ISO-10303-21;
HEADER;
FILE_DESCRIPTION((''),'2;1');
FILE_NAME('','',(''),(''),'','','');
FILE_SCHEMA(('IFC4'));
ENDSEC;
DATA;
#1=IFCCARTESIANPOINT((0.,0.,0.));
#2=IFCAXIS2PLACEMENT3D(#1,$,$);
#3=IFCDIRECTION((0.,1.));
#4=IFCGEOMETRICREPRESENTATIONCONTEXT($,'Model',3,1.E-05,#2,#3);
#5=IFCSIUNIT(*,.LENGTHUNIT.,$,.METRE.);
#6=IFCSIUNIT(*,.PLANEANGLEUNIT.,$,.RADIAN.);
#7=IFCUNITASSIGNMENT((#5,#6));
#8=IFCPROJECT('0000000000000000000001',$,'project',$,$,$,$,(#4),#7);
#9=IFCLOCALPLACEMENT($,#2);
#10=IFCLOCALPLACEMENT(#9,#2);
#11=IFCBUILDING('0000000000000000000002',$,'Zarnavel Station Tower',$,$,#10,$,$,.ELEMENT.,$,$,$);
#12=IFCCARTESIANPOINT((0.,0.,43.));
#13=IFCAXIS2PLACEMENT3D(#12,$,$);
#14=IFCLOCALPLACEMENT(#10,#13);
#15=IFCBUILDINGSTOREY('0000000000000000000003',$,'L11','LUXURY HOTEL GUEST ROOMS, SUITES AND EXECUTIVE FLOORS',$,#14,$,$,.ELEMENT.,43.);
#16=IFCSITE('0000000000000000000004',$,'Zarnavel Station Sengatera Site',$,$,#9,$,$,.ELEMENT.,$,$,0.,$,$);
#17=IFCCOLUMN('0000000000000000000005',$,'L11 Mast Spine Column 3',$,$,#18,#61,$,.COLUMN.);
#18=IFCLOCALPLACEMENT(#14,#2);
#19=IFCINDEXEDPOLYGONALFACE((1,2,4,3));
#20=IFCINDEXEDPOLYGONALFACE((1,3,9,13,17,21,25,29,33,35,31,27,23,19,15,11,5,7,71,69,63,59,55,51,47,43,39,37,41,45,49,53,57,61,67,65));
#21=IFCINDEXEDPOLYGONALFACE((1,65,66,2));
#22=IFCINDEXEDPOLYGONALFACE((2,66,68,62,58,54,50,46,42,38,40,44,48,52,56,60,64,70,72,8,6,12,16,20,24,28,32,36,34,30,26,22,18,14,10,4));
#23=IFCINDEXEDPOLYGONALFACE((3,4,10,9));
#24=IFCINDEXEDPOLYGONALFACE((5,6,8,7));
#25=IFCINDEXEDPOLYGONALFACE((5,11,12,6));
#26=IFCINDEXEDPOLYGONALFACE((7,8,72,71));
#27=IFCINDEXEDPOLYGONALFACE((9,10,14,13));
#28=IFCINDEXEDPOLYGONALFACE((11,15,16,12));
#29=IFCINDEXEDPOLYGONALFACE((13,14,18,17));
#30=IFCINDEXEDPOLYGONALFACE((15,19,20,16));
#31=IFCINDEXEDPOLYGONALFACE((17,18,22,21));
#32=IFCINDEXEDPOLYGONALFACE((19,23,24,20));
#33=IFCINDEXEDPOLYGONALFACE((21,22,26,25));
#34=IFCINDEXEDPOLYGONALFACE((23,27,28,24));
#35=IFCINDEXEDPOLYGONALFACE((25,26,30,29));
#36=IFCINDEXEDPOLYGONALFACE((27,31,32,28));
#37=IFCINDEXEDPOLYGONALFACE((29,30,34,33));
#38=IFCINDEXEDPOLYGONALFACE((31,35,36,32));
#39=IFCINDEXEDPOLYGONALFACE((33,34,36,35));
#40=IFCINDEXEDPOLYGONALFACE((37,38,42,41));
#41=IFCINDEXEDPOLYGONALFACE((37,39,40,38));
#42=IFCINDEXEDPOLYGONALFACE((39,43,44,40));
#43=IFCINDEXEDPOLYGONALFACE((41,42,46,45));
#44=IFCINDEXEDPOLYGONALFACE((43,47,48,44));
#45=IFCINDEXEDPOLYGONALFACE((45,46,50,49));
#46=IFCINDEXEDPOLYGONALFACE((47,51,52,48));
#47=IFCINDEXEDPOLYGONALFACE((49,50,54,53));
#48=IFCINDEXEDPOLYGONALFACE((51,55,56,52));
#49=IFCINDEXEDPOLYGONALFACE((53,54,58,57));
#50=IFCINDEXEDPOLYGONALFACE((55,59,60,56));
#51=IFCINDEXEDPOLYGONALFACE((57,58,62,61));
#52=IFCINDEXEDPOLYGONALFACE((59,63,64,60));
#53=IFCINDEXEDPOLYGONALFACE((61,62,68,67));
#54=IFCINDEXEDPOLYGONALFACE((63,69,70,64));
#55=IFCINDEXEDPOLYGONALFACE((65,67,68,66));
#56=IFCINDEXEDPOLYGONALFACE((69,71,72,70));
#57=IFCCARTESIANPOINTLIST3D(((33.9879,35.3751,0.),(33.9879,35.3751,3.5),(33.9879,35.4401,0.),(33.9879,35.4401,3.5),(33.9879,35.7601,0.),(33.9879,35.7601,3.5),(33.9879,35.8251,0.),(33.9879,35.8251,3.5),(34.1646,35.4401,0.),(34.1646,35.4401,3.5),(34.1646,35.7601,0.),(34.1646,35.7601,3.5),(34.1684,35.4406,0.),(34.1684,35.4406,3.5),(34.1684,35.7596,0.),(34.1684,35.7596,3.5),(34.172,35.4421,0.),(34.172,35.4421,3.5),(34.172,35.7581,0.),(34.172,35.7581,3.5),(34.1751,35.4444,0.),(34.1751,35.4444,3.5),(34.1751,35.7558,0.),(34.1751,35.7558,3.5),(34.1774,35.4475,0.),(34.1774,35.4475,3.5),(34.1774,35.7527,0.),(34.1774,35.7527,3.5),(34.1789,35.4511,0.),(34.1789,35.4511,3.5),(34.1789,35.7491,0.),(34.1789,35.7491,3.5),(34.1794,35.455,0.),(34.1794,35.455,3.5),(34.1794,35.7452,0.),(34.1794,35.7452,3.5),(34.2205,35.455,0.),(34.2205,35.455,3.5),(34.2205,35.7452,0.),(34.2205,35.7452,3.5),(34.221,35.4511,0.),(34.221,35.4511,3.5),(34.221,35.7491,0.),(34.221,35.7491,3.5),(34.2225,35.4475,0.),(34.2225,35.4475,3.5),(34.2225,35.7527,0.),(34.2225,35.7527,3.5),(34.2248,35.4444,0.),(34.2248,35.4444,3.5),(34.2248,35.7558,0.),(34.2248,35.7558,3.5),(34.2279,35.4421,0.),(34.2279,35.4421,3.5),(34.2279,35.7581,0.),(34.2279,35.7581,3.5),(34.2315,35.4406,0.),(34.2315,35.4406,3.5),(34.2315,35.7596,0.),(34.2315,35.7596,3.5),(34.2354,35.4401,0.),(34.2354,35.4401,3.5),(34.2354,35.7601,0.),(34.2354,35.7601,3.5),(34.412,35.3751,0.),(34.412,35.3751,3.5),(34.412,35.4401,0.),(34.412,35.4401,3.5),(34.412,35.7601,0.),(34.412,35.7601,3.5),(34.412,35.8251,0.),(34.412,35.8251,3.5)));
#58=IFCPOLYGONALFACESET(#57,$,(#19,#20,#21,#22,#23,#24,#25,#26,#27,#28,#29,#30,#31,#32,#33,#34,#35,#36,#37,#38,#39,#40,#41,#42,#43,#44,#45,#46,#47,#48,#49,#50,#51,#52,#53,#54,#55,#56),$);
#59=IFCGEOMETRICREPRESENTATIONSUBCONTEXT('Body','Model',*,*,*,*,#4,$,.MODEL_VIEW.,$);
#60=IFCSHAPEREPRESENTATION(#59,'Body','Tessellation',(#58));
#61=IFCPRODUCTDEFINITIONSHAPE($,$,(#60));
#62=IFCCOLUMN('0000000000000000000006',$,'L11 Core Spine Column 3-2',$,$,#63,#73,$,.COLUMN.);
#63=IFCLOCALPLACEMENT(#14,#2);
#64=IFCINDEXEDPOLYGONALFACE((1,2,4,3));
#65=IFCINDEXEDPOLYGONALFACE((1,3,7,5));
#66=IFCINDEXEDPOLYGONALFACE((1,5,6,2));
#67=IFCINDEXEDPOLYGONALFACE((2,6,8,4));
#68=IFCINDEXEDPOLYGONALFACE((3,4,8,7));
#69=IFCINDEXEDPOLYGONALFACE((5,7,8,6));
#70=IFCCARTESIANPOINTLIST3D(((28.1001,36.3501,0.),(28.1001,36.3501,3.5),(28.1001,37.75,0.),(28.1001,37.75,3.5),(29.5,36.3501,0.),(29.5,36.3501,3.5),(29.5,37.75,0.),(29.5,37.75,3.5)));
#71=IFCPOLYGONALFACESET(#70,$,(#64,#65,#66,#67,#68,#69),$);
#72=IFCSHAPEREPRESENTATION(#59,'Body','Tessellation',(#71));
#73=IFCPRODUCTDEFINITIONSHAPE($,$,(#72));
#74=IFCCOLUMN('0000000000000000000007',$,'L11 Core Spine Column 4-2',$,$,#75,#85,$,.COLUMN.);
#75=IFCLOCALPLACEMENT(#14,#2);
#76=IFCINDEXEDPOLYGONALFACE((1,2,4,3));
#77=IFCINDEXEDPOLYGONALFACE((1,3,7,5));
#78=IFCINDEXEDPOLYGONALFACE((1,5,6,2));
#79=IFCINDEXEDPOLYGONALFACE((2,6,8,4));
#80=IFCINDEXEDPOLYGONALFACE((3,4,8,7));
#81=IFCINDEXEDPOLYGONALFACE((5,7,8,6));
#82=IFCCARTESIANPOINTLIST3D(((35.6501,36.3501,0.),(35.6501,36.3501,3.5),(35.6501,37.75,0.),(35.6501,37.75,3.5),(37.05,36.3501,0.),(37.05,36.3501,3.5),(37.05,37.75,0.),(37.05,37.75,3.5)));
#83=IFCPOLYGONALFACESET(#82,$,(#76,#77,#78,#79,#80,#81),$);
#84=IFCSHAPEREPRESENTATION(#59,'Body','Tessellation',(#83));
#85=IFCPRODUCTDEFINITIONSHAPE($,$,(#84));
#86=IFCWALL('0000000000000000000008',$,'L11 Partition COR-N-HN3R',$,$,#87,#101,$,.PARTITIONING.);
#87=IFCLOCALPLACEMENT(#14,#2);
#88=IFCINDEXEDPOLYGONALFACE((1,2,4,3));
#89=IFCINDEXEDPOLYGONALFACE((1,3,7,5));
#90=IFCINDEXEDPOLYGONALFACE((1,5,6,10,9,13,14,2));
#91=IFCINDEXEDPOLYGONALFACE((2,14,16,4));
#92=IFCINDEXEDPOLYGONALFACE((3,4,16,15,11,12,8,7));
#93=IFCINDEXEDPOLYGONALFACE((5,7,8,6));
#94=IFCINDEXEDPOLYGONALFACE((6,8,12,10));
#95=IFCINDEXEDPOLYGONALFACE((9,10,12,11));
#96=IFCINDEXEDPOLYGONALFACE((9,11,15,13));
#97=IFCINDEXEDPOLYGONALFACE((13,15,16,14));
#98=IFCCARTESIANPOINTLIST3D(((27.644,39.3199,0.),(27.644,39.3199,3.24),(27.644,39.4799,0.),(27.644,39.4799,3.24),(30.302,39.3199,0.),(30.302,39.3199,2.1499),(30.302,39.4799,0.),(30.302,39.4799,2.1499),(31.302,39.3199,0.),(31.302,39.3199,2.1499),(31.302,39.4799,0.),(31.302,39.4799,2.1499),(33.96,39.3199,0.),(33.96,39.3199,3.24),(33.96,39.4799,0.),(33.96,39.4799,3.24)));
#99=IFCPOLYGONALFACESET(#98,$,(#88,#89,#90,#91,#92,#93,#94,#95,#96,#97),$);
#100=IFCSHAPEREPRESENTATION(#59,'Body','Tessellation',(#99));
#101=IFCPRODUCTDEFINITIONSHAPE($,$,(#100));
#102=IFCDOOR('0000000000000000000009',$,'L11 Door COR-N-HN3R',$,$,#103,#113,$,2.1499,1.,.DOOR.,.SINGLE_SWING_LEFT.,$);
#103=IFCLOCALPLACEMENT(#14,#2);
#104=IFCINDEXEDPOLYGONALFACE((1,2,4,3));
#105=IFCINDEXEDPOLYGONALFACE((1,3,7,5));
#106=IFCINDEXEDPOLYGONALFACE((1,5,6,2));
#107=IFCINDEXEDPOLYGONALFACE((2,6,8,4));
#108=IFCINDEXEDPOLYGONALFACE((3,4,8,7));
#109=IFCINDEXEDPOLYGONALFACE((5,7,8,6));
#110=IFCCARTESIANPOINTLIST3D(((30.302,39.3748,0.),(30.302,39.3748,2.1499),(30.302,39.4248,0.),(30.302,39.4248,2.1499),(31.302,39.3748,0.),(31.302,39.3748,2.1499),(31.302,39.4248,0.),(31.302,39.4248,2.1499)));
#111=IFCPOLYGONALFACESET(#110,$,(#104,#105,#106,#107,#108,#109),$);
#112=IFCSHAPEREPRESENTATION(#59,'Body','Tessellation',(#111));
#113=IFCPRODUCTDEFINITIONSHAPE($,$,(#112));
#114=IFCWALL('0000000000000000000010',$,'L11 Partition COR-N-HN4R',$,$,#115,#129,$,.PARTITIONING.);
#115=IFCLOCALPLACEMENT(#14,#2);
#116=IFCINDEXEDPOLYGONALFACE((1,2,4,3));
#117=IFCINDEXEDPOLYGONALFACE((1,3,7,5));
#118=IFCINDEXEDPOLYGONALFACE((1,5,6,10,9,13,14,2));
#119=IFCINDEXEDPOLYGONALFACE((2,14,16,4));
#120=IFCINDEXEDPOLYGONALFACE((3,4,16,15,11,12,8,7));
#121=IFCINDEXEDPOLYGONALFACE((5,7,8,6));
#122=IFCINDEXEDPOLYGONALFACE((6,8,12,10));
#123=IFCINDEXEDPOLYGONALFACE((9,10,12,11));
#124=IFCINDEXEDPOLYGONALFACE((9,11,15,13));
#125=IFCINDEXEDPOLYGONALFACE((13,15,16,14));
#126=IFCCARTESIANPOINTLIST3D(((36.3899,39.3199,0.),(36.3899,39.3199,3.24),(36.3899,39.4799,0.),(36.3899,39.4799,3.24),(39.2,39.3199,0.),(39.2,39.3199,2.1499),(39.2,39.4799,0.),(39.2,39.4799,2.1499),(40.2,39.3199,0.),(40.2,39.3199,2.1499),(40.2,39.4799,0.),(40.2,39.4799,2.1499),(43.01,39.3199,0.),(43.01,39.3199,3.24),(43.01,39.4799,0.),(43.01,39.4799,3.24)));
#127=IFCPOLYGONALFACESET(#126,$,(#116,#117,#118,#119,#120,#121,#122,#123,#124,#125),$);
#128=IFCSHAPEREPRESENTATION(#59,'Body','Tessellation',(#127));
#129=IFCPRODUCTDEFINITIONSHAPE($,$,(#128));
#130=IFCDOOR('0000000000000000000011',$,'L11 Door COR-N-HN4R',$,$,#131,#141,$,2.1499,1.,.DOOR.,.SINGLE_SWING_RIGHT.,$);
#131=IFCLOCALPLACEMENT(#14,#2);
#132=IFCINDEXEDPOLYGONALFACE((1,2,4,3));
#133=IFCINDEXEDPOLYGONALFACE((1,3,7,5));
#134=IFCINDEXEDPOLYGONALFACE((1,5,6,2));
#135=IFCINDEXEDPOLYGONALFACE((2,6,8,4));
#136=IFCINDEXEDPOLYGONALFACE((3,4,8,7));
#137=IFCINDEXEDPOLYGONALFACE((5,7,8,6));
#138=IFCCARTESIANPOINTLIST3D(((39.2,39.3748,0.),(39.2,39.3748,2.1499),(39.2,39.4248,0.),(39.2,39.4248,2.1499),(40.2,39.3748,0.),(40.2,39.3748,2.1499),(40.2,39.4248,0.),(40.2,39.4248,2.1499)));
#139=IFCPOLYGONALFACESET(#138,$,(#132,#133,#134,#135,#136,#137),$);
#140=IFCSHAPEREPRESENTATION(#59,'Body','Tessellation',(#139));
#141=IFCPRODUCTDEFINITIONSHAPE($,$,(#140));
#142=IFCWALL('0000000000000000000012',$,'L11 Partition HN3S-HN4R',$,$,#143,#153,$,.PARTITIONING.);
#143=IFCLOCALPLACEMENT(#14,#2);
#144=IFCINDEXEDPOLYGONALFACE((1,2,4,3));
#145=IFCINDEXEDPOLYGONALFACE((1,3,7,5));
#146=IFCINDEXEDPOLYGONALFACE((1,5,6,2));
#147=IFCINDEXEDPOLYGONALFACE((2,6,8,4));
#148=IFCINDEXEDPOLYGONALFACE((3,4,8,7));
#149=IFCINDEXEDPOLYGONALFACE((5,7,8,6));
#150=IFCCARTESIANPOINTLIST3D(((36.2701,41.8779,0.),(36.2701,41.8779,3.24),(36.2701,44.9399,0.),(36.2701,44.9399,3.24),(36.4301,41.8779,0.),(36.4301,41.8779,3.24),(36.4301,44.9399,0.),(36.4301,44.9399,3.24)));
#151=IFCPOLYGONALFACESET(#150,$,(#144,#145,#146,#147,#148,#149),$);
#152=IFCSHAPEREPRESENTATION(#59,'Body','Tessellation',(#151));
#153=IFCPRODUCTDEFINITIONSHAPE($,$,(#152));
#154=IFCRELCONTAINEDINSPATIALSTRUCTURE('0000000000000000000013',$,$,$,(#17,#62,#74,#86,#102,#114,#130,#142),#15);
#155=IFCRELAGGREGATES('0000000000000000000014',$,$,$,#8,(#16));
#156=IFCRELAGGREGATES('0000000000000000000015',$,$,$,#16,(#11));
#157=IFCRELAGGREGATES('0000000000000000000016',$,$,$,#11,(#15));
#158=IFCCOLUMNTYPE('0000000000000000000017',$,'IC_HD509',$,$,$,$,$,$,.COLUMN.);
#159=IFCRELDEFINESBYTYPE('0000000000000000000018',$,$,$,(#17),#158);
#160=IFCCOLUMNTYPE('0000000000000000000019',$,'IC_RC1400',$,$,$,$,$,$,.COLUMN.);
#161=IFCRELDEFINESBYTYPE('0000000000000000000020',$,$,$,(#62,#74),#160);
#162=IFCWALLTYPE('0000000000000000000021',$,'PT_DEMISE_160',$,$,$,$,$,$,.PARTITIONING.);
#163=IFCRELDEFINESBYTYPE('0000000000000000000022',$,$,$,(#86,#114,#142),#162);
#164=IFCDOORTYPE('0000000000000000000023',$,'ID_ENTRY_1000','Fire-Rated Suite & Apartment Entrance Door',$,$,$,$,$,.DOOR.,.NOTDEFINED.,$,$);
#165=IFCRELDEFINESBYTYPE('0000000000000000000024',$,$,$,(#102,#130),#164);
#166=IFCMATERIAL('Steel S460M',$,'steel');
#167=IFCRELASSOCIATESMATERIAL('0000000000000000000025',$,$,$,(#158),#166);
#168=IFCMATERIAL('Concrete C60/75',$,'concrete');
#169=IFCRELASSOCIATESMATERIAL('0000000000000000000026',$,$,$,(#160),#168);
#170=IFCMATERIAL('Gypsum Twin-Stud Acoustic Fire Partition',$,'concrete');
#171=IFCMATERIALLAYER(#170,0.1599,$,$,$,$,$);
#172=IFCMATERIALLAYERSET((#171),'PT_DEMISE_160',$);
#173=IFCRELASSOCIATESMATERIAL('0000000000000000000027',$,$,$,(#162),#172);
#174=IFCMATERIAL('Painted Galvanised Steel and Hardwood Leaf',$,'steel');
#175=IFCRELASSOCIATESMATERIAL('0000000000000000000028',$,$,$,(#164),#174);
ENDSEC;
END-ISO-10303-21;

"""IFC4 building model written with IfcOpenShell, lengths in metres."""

from ifc_helpers import new_model, si_unit, direction, frame, frame_2d, origin, origin_2d, place, context, subcontext, project, spatial, rectangle, i_section, extrude, material, layer, layer_set, material_profile, profile_set, type_object, element, fill, save


model = new_model("IFC4")

# Units and contexts
model_context = context("Model", 3, precision=1e-05, world=origin(), true_north=direction((0.0, 1.0)))
body_context = subcontext(model_context, "Body", "Model", "MODEL_VIEW")
ifc_project = project(units=[si_unit("LENGTHUNIT", "METRE"), si_unit("PLANEANGLEUNIT", "RADIAN")], contexts=[model_context])

# Site, building, storey
site_placement = place(None, origin())
site = spatial("IfcSite", under=ifc_project, at=site_placement, Name="Zarnavel Station Sengatera Site", CompositionType="ELEMENT", RefElevation=0.0)
building_placement = place(site_placement, origin())
building = spatial("IfcBuilding", under=site, at=building_placement, Name="Zarnavel Station Tower", CompositionType="ELEMENT")
storey_placement = place(building_placement, frame((0.0, 0.0, 43.0)))
storey = spatial("IfcBuildingStorey", under=building, at=storey_placement, Name="L11", Description="LUXURY HOTEL GUEST ROOMS, SUITES AND EXECUTIVE FLOORS", CompositionType="ELEMENT", Elevation=43.0)

# Columns
ifc_material_1 = material(Name="Steel S460M", Category="steel")
ifc_material_profile_1 = material_profile(ifc_material_1, i_section(OverallWidth=0.4241, OverallDepth=0.45, WebThickness=0.041, FlangeThickness=0.0649, FilletRadius=0.0149, at=origin_2d()), Name="HD400x509")
ifc_profile_set_1 = profile_set([ifc_material_profile_1], Name="Steel S460M")
column_type_1 = type_object("IfcColumnType", Name="IC_HD509", PredefinedType="COLUMN", material=ifc_profile_set_1)
column_placement = place(storey_placement, frame((34.2, 35.6001, 0.0), z_axis=(0.0, 0.0, 1.0), x_axis=(1.0, 0.0, 0.0)))
element("IfcColumn", 1, at=column_placement, inside=storey, type_object=column_type_1, Name="L11 Mast Spine Column 3", PredefinedType="COLUMN", context=body_context, shape_type="SweptSolid", body=[
    extrude(i_section(OverallWidth=0.4241, OverallDepth=0.45, WebThickness=0.041, FlangeThickness=0.0649, FilletRadius=0.0149, at=origin_2d()), origin(), (0.0, 0.0, 1.0), 3.5),
])
ifc_material_2 = material(Name="Concrete C60/75", Category="concrete")
ifc_material_profile_2 = material_profile(ifc_material_2, rectangle(XDim=1.3999, YDim=1.3999, at=origin_2d()), Name="RC1400x1400")
ifc_profile_set_2 = profile_set([ifc_material_profile_2], Name="Concrete C60/75")
column_type_2 = type_object("IfcColumnType", Name="IC_RC1400", PredefinedType="COLUMN", material=ifc_profile_set_2)
for number, where, z_axis, x_axis, name in (
    (2, (28.8, 37.05, 0.0), (0.0, 0.0, 1.0), (1.0, 0.0, 0.0), "L11 Core Spine Column 3-2"),
    (3, (36.3501, 37.05, 0.0), (0.0, 0.0, 1.0), (1.0, 0.0, 0.0), "L11 Core Spine Column 4-2"),
):
    element("IfcColumn", number, at=place(storey_placement, frame(where, z_axis=z_axis, x_axis=x_axis)), inside=storey, type_object=column_type_2, Name=name, PredefinedType="COLUMN", context=body_context, shape_type="SweptSolid", body=[
        extrude(rectangle(XDim=1.3999, YDim=1.3999, at=origin_2d()), origin(), (0.0, 0.0, 1.0), 3.5),
    ])

# Walls, openings, doors
ifc_material_3 = material(Name="Gypsum Twin-Stud Acoustic Fire Partition", Category="concrete")
ifc_layer_1 = layer(ifc_material_3, 0.1599)
ifc_layer_set_1 = layer_set([ifc_layer_1], Name="PT_DEMISE_160")
wall_type_1 = type_object("IfcWallType", Name="PT_DEMISE_160", PredefinedType="PARTITIONING", material=ifc_layer_set_1)
wall_1_placement = place(storey_placement, frame((27.644, 39.3999, 0.0), z_axis=(0.0, 0.0, 1.0), x_axis=(1.0, 0.0, 0.0)))
wall_1 = element("IfcWall", 4, at=wall_1_placement, inside=storey, type_object=wall_type_1, Name="L11 Partition COR-N-HN3R", PredefinedType="PARTITIONING", context=body_context, shape_type="SweptSolid", body=[
    extrude(rectangle(XDim=6.3159, YDim=0.1599, at=frame_2d((3.158, 0.0))), origin(), (0.0, 0.0, 1.0), 3.24),
])
opening_1_placement = place(wall_1_placement, frame((2.658, 0.0, 0.0)))
opening_1 = element("IfcOpeningElement", 5, at=opening_1_placement, cuts=wall_1, PredefinedType="OPENING", context=body_context, shape_type="SweptSolid", body=[
    extrude(rectangle(XDim=1.0, YDim=2.1499, at=frame_2d((0.5, 1.075))), frame((0.0, 0.0898, 0.0), z_axis=(0.0, -1.0, 0.0), x_axis=(1.0, 0.0, 0.0)), (0.0, 0.0, 1.0), 0.1799),
])
ifc_material_4 = material(Name="Painted Galvanised Steel and Hardwood Leaf", Category="steel")
door_type_1 = type_object("IfcDoorType", Name="ID_ENTRY_1000", Description="Fire-Rated Suite & Apartment Entrance Door", OperationType="NOTDEFINED", PredefinedType="DOOR", material=ifc_material_4)
door_1_placement = place(opening_1_placement, origin())
door_1 = element("IfcDoor", 6, at=door_1_placement, inside=storey, type_object=door_type_1, Name="L11 Door COR-N-HN3R", OperationType="SINGLE_SWING_LEFT", OverallHeight=2.1499, OverallWidth=1.0, PredefinedType="DOOR", context=body_context, shape_type="SweptSolid", body=[
    extrude(rectangle(XDim=1.0, YDim=2.1499, at=frame_2d((0.5, 1.075))), frame((0.0, 0.0249, 0.0), z_axis=(0.0, -1.0, 0.0), x_axis=(1.0, 0.0, 0.0)), (0.0, 0.0, 1.0), 0.05),
])
fill(opening_1, door_1)
wall_2_placement = place(storey_placement, frame((36.3899, 39.3999, 0.0), z_axis=(0.0, 0.0, 1.0), x_axis=(1.0, 0.0, 0.0)))
wall_2 = element("IfcWall", 7, at=wall_2_placement, inside=storey, type_object=wall_type_1, Name="L11 Partition COR-N-HN4R", PredefinedType="PARTITIONING", context=body_context, shape_type="SweptSolid", body=[
    extrude(rectangle(XDim=6.6201, YDim=0.1599, at=frame_2d((3.3101, 0.0))), origin(), (0.0, 0.0, 1.0), 3.24),
])
opening_2_placement = place(wall_2_placement, frame((2.8101, 0.0, 0.0)))
opening_2 = element("IfcOpeningElement", 8, at=opening_2_placement, cuts=wall_2, PredefinedType="OPENING", context=body_context, shape_type="SweptSolid", body=[
    extrude(rectangle(XDim=1.0, YDim=2.1499, at=frame_2d((0.5, 1.075))), frame((0.0, 0.0898, 0.0), z_axis=(0.0, -1.0, 0.0), x_axis=(1.0, 0.0, 0.0)), (0.0, 0.0, 1.0), 0.1799),
])
door_2_placement = place(opening_2_placement, origin())
door_2 = element("IfcDoor", 9, at=door_2_placement, inside=storey, type_object=door_type_1, Name="L11 Door COR-N-HN4R", OperationType="SINGLE_SWING_RIGHT", OverallHeight=2.1499, OverallWidth=1.0, PredefinedType="DOOR", context=body_context, shape_type="SweptSolid", body=[
    extrude(rectangle(XDim=1.0, YDim=2.1499, at=frame_2d((0.5, 1.075))), frame((0.0, 0.0249, 0.0), z_axis=(0.0, -1.0, 0.0), x_axis=(1.0, 0.0, 0.0)), (0.0, 0.0, 1.0), 0.05),
])
fill(opening_2, door_2)

# Wall
wall_3_placement = place(storey_placement, frame((36.3501, 41.8779, 0.0), z_axis=(0.0, 0.0, 1.0), x_axis=(0.0, 1.0, 0.0)))
element("IfcWall", 10, at=wall_3_placement, inside=storey, type_object=wall_type_1, Name="L11 Partition HN3S-HN4R", PredefinedType="PARTITIONING", context=body_context, shape_type="SweptSolid", body=[
    extrude(rectangle(XDim=3.062, YDim=0.1599, at=frame_2d((1.531, 0.0))), origin(), (0.0, 0.0, 1.0), 3.24),
])

save(model, "model.ifc")
